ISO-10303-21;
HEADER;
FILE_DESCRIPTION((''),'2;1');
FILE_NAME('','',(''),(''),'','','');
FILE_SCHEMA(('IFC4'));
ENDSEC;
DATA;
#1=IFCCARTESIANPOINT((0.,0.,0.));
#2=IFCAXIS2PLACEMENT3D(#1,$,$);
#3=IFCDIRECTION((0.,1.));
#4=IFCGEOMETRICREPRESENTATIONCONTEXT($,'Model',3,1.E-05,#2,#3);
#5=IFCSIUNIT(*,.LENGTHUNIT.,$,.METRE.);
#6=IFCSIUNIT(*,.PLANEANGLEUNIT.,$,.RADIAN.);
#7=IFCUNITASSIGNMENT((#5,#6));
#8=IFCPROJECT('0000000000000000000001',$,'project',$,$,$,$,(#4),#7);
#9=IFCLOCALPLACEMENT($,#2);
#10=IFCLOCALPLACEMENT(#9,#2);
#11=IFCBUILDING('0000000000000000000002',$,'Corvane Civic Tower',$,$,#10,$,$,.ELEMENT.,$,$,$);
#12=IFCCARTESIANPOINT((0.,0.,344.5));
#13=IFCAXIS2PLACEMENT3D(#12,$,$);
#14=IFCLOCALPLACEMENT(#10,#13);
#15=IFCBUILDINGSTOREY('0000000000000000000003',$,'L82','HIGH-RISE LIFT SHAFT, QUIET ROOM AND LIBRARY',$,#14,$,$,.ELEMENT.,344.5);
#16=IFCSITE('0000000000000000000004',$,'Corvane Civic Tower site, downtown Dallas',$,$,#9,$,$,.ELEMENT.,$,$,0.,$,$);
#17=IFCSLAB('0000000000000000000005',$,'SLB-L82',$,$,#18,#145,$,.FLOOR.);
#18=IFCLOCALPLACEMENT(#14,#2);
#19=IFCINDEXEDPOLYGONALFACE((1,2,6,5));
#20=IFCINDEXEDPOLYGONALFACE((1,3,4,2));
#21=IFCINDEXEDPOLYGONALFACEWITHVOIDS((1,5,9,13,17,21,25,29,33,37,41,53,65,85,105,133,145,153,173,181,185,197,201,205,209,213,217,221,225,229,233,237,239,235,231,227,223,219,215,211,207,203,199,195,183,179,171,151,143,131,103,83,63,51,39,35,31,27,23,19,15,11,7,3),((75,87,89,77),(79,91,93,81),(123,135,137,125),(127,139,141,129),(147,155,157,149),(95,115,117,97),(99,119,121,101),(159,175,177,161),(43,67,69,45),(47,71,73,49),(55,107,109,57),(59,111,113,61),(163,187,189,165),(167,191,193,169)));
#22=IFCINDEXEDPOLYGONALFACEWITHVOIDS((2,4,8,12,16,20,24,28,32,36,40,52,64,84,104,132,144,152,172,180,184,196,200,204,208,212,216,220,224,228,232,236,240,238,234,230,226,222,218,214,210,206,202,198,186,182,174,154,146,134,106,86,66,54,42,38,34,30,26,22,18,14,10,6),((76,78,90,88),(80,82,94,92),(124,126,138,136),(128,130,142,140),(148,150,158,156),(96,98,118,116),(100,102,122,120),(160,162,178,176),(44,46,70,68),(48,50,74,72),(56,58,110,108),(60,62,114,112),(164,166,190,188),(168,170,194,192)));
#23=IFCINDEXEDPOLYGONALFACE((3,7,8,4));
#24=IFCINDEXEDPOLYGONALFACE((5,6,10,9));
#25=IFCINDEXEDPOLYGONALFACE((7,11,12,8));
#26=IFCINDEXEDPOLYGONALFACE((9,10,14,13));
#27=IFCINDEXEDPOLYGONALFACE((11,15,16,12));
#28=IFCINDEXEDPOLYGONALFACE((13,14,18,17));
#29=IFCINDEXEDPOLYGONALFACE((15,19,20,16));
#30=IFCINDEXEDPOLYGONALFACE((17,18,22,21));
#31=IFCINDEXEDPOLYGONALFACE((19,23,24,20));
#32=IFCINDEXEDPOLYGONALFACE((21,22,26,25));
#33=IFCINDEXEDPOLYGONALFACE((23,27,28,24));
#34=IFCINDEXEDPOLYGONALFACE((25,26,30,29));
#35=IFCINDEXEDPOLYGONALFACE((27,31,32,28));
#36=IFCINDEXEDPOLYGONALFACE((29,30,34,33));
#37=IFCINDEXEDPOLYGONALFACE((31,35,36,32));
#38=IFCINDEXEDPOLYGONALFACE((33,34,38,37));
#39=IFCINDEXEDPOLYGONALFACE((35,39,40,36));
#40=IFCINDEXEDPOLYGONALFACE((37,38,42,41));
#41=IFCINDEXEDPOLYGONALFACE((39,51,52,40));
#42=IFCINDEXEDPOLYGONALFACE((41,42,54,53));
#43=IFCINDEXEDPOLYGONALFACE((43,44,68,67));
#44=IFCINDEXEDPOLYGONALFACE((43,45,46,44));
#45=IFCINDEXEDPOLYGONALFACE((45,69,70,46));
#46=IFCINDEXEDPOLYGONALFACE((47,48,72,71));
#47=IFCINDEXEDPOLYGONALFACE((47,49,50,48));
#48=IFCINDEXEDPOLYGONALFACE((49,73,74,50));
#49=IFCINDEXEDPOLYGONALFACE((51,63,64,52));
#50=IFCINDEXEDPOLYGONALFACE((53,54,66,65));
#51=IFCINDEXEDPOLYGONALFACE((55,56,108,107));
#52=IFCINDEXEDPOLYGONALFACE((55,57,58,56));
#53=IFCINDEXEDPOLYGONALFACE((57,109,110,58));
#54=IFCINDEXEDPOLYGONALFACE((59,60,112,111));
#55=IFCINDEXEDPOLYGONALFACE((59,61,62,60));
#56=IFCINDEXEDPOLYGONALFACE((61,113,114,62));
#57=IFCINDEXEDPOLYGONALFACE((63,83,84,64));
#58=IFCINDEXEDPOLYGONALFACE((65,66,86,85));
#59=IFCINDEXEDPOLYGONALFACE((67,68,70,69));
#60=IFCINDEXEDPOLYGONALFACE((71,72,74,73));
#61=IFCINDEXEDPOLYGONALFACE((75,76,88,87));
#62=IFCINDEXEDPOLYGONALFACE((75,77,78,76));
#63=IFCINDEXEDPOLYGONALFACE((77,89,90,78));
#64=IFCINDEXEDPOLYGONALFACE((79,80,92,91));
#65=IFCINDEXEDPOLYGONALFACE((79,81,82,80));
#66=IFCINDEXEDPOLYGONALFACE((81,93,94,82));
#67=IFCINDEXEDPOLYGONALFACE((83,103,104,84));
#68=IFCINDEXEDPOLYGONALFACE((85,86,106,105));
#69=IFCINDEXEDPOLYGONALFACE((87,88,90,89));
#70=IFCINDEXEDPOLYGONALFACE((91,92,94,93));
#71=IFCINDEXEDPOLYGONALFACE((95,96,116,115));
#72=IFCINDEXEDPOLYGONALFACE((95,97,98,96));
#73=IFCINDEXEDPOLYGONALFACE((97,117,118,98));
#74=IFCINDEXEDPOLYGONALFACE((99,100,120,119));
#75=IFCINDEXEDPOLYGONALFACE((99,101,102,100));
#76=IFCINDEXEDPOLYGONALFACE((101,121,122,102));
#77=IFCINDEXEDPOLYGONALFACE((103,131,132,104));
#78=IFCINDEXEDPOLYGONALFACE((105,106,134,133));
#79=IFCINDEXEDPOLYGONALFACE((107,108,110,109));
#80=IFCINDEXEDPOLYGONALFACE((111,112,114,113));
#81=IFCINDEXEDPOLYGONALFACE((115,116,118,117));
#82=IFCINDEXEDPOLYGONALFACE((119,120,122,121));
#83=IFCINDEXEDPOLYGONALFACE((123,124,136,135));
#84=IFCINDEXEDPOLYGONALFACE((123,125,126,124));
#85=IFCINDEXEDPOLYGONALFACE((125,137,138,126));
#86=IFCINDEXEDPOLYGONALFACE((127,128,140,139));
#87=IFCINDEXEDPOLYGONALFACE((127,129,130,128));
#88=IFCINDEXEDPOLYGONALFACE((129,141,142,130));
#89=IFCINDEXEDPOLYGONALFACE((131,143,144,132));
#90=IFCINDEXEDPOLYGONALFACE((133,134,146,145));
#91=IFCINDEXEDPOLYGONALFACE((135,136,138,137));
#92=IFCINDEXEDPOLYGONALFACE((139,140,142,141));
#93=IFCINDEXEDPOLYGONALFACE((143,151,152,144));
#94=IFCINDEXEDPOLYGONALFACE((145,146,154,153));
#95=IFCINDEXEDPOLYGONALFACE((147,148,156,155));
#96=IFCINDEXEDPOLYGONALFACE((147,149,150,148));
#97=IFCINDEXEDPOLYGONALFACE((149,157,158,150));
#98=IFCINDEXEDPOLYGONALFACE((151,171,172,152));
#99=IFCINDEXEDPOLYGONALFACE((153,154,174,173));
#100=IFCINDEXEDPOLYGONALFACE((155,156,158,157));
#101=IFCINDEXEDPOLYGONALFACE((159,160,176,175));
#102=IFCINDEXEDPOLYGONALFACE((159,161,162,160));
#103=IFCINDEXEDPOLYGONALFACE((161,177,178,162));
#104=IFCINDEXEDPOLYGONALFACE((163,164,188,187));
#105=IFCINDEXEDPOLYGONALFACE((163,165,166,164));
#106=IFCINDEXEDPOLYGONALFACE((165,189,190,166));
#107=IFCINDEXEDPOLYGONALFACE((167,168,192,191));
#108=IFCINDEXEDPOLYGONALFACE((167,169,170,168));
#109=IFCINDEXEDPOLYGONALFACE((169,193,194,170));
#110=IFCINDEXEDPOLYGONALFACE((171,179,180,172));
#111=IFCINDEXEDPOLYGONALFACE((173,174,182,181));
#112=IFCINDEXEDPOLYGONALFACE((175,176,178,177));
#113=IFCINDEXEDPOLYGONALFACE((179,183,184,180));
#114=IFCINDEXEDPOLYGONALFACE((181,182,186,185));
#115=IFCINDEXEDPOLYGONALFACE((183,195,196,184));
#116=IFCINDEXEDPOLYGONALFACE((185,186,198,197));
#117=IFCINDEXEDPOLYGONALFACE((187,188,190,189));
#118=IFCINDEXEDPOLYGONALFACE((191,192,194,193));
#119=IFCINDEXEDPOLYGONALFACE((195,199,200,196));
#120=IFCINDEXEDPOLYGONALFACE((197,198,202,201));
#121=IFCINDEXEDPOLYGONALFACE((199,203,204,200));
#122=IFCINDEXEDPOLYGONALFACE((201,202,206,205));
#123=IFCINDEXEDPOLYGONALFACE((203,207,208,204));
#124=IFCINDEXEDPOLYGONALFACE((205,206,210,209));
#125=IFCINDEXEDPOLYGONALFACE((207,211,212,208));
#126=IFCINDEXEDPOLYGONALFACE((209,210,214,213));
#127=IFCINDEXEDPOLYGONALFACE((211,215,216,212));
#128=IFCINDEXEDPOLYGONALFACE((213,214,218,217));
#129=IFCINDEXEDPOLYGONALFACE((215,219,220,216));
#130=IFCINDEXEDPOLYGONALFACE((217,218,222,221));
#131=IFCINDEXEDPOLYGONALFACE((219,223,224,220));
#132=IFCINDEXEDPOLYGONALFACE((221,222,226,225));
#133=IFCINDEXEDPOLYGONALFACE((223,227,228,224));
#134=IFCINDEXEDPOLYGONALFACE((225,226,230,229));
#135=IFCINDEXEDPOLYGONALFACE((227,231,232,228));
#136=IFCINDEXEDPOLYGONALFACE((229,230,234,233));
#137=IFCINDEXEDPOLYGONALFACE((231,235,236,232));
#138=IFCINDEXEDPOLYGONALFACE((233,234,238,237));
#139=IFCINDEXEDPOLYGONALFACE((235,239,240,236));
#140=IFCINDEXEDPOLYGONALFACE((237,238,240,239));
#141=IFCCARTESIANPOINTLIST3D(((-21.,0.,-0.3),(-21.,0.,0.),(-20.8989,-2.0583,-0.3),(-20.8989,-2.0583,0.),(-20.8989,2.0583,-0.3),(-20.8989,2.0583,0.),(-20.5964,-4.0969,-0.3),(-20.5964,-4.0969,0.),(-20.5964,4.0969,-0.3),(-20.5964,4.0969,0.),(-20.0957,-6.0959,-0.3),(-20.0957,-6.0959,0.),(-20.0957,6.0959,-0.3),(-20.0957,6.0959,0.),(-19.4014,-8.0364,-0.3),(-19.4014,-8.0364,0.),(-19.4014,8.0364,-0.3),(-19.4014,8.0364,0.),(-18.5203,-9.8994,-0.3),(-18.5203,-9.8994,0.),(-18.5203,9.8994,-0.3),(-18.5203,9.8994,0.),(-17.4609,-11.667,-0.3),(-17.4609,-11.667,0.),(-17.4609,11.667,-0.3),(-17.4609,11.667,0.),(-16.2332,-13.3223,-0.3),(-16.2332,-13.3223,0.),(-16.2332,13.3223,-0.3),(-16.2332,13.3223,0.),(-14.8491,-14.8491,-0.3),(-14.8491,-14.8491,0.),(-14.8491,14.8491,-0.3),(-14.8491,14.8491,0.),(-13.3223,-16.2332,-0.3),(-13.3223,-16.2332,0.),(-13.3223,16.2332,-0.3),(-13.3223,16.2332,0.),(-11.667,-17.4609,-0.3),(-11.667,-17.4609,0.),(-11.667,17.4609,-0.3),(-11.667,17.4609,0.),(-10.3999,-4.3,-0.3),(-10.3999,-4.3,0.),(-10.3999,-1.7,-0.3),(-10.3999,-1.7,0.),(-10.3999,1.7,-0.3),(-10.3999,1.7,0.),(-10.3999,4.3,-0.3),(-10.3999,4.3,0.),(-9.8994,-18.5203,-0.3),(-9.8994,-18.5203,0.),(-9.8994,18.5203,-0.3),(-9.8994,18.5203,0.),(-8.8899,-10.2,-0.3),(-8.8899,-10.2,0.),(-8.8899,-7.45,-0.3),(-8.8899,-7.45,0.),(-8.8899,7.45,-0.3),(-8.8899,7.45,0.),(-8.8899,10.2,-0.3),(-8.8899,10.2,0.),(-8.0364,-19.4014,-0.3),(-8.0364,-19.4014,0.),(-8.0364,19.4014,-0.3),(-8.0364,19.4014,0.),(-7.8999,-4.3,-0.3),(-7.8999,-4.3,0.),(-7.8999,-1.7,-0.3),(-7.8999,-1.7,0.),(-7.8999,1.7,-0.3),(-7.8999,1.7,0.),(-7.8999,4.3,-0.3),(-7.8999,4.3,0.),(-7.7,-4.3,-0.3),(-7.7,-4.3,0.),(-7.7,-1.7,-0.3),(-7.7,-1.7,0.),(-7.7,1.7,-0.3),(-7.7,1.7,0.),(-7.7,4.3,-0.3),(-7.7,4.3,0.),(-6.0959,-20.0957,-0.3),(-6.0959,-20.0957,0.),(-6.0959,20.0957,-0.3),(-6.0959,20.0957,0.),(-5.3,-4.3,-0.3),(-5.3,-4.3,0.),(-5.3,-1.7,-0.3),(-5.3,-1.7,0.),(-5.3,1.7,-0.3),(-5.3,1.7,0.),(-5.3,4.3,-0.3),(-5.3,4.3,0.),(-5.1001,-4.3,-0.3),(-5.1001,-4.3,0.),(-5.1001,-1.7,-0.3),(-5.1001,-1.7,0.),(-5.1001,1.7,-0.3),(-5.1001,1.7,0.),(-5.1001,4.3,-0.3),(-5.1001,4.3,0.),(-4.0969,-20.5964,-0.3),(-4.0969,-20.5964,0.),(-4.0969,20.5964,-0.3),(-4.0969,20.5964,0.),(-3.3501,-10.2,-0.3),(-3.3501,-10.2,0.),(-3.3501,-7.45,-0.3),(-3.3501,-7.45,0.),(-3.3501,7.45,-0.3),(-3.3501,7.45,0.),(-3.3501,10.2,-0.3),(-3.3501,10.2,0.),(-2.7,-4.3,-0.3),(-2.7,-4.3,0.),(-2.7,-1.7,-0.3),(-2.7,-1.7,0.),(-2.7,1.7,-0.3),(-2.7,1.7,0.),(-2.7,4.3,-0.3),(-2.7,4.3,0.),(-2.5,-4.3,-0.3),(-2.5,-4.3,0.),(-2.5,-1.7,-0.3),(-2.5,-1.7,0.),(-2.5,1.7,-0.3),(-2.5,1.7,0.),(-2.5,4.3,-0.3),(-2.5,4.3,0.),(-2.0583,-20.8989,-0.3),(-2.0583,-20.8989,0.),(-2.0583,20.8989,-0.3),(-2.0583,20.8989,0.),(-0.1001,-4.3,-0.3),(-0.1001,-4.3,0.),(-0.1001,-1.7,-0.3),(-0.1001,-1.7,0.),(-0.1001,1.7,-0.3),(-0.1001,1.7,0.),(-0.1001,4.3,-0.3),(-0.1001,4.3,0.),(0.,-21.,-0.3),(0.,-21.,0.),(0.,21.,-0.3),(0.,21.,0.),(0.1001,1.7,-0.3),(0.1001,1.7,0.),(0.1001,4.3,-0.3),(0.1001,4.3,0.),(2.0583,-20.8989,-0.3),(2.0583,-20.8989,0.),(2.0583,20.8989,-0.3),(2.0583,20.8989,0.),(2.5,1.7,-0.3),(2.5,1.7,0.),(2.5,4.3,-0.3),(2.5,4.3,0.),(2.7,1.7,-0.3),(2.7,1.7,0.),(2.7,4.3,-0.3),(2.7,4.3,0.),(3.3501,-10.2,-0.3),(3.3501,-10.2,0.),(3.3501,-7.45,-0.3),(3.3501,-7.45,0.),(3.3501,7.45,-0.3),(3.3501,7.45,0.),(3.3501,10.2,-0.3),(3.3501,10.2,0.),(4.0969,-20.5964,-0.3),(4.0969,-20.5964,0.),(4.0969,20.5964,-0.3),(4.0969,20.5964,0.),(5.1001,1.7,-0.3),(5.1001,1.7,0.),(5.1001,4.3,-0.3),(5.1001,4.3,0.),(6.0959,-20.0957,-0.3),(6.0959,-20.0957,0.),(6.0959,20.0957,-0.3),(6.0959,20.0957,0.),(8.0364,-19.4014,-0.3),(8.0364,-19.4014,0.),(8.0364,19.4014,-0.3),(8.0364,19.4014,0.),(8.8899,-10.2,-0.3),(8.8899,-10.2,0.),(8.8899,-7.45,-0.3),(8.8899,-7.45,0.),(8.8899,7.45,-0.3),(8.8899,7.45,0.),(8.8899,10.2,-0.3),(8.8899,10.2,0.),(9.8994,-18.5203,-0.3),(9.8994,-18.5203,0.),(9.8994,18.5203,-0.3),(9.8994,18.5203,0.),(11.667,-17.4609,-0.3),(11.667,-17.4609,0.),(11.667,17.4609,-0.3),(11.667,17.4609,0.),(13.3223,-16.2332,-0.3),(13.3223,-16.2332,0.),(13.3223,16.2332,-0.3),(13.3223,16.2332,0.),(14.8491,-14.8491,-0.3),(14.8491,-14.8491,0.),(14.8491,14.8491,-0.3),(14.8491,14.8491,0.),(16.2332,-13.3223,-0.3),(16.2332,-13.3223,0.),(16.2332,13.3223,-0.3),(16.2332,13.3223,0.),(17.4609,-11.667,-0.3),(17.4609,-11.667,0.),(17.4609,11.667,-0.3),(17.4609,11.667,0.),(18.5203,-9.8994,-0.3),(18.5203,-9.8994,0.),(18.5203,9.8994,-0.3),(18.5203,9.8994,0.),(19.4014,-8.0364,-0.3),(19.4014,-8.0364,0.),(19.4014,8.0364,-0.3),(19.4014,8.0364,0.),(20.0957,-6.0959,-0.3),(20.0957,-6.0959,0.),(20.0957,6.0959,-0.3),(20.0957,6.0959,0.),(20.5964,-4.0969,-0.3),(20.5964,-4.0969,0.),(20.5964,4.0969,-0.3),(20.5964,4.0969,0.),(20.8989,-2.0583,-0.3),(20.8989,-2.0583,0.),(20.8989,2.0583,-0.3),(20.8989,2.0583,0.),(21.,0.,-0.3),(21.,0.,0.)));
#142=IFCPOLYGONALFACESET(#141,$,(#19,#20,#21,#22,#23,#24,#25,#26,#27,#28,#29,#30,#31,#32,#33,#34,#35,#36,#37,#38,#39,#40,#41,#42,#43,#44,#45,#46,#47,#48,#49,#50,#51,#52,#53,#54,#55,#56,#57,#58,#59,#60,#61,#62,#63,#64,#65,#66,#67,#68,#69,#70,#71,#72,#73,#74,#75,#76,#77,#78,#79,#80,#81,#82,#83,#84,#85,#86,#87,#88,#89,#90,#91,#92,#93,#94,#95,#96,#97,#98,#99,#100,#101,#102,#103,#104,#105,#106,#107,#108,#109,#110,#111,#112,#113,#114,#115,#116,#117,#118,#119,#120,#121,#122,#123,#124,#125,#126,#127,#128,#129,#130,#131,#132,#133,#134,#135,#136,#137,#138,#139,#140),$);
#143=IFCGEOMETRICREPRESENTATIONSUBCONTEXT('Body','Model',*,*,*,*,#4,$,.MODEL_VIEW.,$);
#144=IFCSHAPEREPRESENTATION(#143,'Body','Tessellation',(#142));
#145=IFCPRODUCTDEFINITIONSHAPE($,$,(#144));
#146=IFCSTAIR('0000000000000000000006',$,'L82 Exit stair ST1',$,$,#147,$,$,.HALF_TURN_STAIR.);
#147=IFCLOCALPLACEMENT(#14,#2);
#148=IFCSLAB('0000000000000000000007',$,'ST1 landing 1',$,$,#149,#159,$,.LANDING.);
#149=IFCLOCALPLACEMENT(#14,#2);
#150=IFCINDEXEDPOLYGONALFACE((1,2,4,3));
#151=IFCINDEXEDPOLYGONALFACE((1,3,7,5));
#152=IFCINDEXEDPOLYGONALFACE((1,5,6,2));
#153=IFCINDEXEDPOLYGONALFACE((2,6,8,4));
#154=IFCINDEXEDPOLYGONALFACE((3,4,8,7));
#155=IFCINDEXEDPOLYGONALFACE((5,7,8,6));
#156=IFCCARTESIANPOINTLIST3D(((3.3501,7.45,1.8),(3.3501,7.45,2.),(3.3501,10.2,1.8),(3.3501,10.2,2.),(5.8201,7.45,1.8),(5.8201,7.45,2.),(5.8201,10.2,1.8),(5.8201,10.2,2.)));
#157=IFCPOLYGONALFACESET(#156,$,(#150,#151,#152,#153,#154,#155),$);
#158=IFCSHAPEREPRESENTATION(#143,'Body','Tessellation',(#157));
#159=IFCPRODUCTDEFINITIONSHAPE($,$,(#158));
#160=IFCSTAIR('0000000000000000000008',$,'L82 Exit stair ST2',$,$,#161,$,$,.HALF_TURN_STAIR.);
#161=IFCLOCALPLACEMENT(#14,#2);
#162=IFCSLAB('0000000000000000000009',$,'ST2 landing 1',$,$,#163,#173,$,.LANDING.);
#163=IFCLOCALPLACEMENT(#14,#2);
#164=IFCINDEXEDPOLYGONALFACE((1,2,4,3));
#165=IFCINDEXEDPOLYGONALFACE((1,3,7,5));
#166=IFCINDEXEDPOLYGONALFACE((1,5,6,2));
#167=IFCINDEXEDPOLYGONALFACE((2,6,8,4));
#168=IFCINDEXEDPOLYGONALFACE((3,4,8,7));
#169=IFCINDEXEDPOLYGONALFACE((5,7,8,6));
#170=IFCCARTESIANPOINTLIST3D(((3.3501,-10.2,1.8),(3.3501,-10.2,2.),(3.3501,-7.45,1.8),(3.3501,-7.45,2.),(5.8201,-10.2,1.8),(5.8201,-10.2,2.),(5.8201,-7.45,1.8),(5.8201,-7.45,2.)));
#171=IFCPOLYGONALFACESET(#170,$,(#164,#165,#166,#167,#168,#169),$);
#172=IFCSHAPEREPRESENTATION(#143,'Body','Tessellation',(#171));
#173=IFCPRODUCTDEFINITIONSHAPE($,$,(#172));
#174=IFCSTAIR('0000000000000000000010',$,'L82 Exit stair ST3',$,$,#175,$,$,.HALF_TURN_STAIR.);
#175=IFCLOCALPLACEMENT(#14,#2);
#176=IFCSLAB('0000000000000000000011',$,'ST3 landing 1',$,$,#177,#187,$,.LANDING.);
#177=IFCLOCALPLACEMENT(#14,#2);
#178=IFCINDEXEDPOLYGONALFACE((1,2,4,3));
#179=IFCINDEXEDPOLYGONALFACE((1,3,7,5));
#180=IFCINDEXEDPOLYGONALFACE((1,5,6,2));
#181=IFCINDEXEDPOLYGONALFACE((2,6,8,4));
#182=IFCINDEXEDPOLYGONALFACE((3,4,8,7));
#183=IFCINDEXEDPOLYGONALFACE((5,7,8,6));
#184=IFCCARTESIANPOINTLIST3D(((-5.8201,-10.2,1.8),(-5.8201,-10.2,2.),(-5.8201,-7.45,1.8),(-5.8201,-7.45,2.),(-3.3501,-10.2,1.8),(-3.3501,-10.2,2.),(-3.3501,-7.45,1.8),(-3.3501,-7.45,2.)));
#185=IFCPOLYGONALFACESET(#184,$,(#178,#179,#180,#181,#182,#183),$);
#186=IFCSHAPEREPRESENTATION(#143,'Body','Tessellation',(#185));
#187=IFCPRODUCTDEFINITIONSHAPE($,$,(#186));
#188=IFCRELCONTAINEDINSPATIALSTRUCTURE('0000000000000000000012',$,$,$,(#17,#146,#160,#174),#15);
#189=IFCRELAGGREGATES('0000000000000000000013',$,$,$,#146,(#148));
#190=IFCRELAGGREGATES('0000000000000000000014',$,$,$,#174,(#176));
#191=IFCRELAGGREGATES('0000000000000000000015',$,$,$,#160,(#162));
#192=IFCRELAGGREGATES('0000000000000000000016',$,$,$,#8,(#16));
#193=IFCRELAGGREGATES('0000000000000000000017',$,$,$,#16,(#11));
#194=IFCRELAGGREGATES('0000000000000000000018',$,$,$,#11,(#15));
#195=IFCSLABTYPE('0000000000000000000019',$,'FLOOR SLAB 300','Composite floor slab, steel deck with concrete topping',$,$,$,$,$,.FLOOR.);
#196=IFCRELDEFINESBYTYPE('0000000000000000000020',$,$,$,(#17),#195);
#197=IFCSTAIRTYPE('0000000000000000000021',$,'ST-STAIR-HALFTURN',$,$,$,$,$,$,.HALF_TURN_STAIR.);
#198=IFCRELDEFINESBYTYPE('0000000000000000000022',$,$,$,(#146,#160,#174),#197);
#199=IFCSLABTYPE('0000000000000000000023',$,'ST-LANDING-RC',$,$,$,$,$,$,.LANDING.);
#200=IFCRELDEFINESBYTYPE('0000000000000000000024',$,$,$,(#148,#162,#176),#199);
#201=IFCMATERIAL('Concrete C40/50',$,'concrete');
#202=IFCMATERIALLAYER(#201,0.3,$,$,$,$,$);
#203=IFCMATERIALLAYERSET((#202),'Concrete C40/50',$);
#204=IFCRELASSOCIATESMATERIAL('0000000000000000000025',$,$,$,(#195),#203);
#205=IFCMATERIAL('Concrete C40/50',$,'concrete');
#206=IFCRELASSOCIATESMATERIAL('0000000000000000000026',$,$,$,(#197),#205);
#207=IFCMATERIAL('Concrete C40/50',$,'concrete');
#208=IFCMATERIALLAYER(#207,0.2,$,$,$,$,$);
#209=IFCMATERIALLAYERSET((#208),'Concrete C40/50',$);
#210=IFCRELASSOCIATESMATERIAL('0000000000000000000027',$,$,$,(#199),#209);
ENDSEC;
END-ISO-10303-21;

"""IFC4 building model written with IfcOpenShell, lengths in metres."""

from ifc_helpers import new_model, si_unit, direction, frame, origin, place, context, subcontext, project, spatial, polyline, outline, extrude, material, layer, layer_set, type_object, element, aggregate, save


model = new_model("IFC4")

# Units and contexts
model_context = context("Model", 3, precision=1e-05, world=origin(), true_north=direction((0.0, 1.0)))
body_context = subcontext(model_context, "Body", "Model", "MODEL_VIEW")
ifc_project = project(units=[si_unit("LENGTHUNIT", "METRE"), si_unit("PLANEANGLEUNIT", "RADIAN")], contexts=[model_context])

# Site, building, storey
site_placement = place(None, origin())
site = spatial("IfcSite", under=ifc_project, at=site_placement, Name="Corvane Civic Tower site, downtown Dallas", CompositionType="ELEMENT", RefElevation=0.0)
building_placement = place(site_placement, origin())
building = spatial("IfcBuilding", under=site, at=building_placement, Name="Corvane Civic Tower", CompositionType="ELEMENT")
storey_placement = place(building_placement, frame((0.0, 0.0, 344.5)))
storey = spatial("IfcBuildingStorey", under=building, at=storey_placement, Name="L82", Description="HIGH-RISE LIFT SHAFT, QUIET ROOM AND LIBRARY", CompositionType="ELEMENT", Elevation=344.5)

# Slab
ifc_material_1 = material(Name="Concrete C40/50", Category="concrete")
ifc_layer_1 = layer(ifc_material_1, 0.3)
ifc_layer_set_1 = layer_set([ifc_layer_1], Name="Concrete C40/50")
slab_type_1 = type_object("IfcSlabType", Name="FLOOR SLAB 300", Description="Composite floor slab, steel deck with concrete topping", PredefinedType="FLOOR", material=ifc_layer_set_1)
slab_1_placement = place(storey_placement, frame((0.0, 0.0, -0.3)))
element("IfcSlab", 1, at=slab_1_placement, inside=storey, type_object=slab_type_1, Name="SLB-L82", PredefinedType="FLOOR", context=body_context, shape_type="SweptSolid", body=[
    extrude(outline(polyline([(0.0, 21.0), (-2.0583, 20.8989), (-4.0969, 20.5964), (-6.0959, 20.0957), (-8.0364, 19.4014), (-9.8994, 18.5203), (-11.667, 17.4609), (-13.3223, 16.2332), (-14.8491, 14.8491), (-16.2332, 13.3223), (-17.4609, 11.667), (-18.5203, 9.8994), (-19.4014, 8.0364), (-20.0957, 6.0959), (-20.5964, 4.0969), (-20.8989, 2.0583), (-21.0, 0.0), (-20.8989, -2.0583), (-20.5964, -4.0969), (-20.0957, -6.0959), (-19.4014, -8.0364), (-18.5203, -9.8994), (-17.4609, -11.667), (-16.2332, -13.3223), (-14.8491, -14.8491), (-13.3223, -16.2332), (-11.667, -17.4609), (-9.8994, -18.5203), (-8.0364, -19.4014), (-6.0959, -20.0957), (-4.0969, -20.5964), (-2.0583, -20.8989), (0.0, -21.0), (2.0583, -20.8989), (4.0969, -20.5964), (6.0959, -20.0957), (8.0364, -19.4014), (9.8994, -18.5203), (11.667, -17.4609), (13.3223, -16.2332), (14.8491, -14.8491), (16.2332, -13.3223), (17.4609, -11.667), (18.5203, -9.8994), (19.4014, -8.0364), (20.0957, -6.0959), (20.5964, -4.0969), (20.8989, -2.0583), (21.0, 0.0), (20.8989, 2.0583), (20.5964, 4.0969), (20.0957, 6.0959), (19.4014, 8.0364), (18.5203, 9.8994), (17.4609, 11.667), (16.2332, 13.3223), (14.8491, 14.8491), (13.3223, 16.2332), (11.667, 17.4609), (9.8994, 18.5203), (8.0364, 19.4014), (6.0959, 20.0957), (4.0969, 20.5964), (2.0583, 20.8989), (0.0, 21.0)]), holes=[polyline([(-10.3999, 4.3), (-7.8999, 4.3), (-7.8999, 1.7), (-10.3999, 1.7), (-10.3999, 4.3)]), polyline([(-5.3, 1.7), (-7.7, 1.7), (-7.7, 4.3), (-5.3, 4.3), (-5.3, 1.7)]), polyline([(-5.1001, 4.3), (-2.7, 4.3), (-2.7, 1.7), (-5.1001, 1.7), (-5.1001, 4.3)]), polyline([(-0.1001, 1.7), (-2.5, 1.7), (-2.5, 4.3), (-0.1001, 4.3), (-0.1001, 1.7)]), polyline([(2.5, 1.7), (0.1001, 1.7), (0.1001, 4.3), (2.5, 4.3), (2.5, 1.7)]), polyline([(2.7, 4.3), (5.1001, 4.3), (5.1001, 1.7), (2.7, 1.7), (2.7, 4.3)]), polyline([(-10.3999, -1.7), (-7.8999, -1.7), (-7.8999, -4.3), (-10.3999, -4.3), (-10.3999, -1.7)]), polyline([(-5.3, -1.7), (-5.3, -4.3), (-7.7, -4.3), (-7.7, -1.7), (-5.3, -1.7)]), polyline([(-2.7, -1.7), (-2.7, -4.3), (-5.1001, -4.3), (-5.1001, -1.7), (-2.7, -1.7)]), polyline([(-2.5, -4.3), (-2.5, -1.7), (-0.1001, -1.7), (-0.1001, -4.3), (-2.5, -4.3)]), polyline([(8.8899, 10.2), (8.8899, 7.45), (3.3501, 7.45), (3.3501, 10.2), (8.8899, 10.2)]), polyline([(-8.8899, 7.45), (-8.8899, 10.2), (-3.3501, 10.2), (-3.3501, 7.45), (-8.8899, 7.45)]), polyline([(8.8899, -7.45), (8.8899, -10.2), (3.3501, -10.2), (3.3501, -7.45), (8.8899, -7.45)]), polyline([(-8.8899, -10.2), (-8.8899, -7.45), (-3.3501, -7.45), (-3.3501, -10.2), (-8.8899, -10.2)])]), origin(), (0.0, 0.0, 1.0), 0.3),
])

# Stairs, slabs
ifc_material_2 = material(Name="Concrete C40/50", Category="concrete")
stair_type = type_object("IfcStairType", Name="ST-STAIR-HALFTURN", PredefinedType="HALF_TURN_STAIR", material=ifc_material_2)
stair_1_placement = place(storey_placement, origin())
stair_1 = element("IfcStair", 2, at=stair_1_placement, inside=storey, type_object=stair_type, Name="L82 Exit stair ST1", PredefinedType="HALF_TURN_STAIR")
ifc_material_3 = material(Name="Concrete C40/50", Category="concrete")
ifc_layer_2 = layer(ifc_material_3, 0.2)
ifc_layer_set_2 = layer_set([ifc_layer_2], Name="Concrete C40/50")
slab_type_2 = type_object("IfcSlabType", Name="ST-LANDING-RC", PredefinedType="LANDING", material=ifc_layer_set_2)
slab_2_placement = place(storey_placement, frame((0.0, 0.0, 1.8)))
slab_2 = element("IfcSlab", 3, at=slab_2_placement, type_object=slab_type_2, Name="ST1 landing 1", PredefinedType="LANDING", context=body_context, shape_type="SweptSolid", body=[
    extrude(outline(polyline([(5.8201, 10.2), (3.3501, 10.2), (3.3501, 7.45), (5.8201, 7.45), (5.8201, 10.2)])), origin(), (0.0, 0.0, 1.0), 0.2),
])
aggregate(stair_1, [slab_2])
stair_2_placement = place(storey_placement, origin())
stair_2 = element("IfcStair", 4, at=stair_2_placement, inside=storey, type_object=stair_type, Name="L82 Exit stair ST2", PredefinedType="HALF_TURN_STAIR")
slab_3_placement = place(storey_placement, frame((0.0, 0.0, 1.8)))
slab_3 = element("IfcSlab", 5, at=slab_3_placement, type_object=slab_type_2, Name="ST2 landing 1", PredefinedType="LANDING", context=body_context, shape_type="SweptSolid", body=[
    extrude(outline(polyline([(5.8201, -7.45), (3.3501, -7.45), (3.3501, -10.2), (5.8201, -10.2), (5.8201, -7.45)])), origin(), (0.0, 0.0, 1.0), 0.2),
])
stair_3_placement = place(storey_placement, origin())
stair_3 = element("IfcStair", 6, at=stair_3_placement, inside=storey, type_object=stair_type, Name="L82 Exit stair ST3", PredefinedType="HALF_TURN_STAIR")
slab_4_placement = place(storey_placement, frame((0.0, 0.0, 1.8)))
slab_4 = element("IfcSlab", 7, at=slab_4_placement, type_object=slab_type_2, Name="ST3 landing 1", PredefinedType="LANDING", context=body_context, shape_type="SweptSolid", body=[
    extrude(outline(polyline([(-5.8201, -10.2), (-3.3501, -10.2), (-3.3501, -7.45), (-5.8201, -7.45), (-5.8201, -10.2)])), origin(), (0.0, 0.0, 1.0), 0.2),
])
aggregate(stair_3, [slab_4])

aggregate(stair_2, [slab_3])

save(model, "model.ifc")
